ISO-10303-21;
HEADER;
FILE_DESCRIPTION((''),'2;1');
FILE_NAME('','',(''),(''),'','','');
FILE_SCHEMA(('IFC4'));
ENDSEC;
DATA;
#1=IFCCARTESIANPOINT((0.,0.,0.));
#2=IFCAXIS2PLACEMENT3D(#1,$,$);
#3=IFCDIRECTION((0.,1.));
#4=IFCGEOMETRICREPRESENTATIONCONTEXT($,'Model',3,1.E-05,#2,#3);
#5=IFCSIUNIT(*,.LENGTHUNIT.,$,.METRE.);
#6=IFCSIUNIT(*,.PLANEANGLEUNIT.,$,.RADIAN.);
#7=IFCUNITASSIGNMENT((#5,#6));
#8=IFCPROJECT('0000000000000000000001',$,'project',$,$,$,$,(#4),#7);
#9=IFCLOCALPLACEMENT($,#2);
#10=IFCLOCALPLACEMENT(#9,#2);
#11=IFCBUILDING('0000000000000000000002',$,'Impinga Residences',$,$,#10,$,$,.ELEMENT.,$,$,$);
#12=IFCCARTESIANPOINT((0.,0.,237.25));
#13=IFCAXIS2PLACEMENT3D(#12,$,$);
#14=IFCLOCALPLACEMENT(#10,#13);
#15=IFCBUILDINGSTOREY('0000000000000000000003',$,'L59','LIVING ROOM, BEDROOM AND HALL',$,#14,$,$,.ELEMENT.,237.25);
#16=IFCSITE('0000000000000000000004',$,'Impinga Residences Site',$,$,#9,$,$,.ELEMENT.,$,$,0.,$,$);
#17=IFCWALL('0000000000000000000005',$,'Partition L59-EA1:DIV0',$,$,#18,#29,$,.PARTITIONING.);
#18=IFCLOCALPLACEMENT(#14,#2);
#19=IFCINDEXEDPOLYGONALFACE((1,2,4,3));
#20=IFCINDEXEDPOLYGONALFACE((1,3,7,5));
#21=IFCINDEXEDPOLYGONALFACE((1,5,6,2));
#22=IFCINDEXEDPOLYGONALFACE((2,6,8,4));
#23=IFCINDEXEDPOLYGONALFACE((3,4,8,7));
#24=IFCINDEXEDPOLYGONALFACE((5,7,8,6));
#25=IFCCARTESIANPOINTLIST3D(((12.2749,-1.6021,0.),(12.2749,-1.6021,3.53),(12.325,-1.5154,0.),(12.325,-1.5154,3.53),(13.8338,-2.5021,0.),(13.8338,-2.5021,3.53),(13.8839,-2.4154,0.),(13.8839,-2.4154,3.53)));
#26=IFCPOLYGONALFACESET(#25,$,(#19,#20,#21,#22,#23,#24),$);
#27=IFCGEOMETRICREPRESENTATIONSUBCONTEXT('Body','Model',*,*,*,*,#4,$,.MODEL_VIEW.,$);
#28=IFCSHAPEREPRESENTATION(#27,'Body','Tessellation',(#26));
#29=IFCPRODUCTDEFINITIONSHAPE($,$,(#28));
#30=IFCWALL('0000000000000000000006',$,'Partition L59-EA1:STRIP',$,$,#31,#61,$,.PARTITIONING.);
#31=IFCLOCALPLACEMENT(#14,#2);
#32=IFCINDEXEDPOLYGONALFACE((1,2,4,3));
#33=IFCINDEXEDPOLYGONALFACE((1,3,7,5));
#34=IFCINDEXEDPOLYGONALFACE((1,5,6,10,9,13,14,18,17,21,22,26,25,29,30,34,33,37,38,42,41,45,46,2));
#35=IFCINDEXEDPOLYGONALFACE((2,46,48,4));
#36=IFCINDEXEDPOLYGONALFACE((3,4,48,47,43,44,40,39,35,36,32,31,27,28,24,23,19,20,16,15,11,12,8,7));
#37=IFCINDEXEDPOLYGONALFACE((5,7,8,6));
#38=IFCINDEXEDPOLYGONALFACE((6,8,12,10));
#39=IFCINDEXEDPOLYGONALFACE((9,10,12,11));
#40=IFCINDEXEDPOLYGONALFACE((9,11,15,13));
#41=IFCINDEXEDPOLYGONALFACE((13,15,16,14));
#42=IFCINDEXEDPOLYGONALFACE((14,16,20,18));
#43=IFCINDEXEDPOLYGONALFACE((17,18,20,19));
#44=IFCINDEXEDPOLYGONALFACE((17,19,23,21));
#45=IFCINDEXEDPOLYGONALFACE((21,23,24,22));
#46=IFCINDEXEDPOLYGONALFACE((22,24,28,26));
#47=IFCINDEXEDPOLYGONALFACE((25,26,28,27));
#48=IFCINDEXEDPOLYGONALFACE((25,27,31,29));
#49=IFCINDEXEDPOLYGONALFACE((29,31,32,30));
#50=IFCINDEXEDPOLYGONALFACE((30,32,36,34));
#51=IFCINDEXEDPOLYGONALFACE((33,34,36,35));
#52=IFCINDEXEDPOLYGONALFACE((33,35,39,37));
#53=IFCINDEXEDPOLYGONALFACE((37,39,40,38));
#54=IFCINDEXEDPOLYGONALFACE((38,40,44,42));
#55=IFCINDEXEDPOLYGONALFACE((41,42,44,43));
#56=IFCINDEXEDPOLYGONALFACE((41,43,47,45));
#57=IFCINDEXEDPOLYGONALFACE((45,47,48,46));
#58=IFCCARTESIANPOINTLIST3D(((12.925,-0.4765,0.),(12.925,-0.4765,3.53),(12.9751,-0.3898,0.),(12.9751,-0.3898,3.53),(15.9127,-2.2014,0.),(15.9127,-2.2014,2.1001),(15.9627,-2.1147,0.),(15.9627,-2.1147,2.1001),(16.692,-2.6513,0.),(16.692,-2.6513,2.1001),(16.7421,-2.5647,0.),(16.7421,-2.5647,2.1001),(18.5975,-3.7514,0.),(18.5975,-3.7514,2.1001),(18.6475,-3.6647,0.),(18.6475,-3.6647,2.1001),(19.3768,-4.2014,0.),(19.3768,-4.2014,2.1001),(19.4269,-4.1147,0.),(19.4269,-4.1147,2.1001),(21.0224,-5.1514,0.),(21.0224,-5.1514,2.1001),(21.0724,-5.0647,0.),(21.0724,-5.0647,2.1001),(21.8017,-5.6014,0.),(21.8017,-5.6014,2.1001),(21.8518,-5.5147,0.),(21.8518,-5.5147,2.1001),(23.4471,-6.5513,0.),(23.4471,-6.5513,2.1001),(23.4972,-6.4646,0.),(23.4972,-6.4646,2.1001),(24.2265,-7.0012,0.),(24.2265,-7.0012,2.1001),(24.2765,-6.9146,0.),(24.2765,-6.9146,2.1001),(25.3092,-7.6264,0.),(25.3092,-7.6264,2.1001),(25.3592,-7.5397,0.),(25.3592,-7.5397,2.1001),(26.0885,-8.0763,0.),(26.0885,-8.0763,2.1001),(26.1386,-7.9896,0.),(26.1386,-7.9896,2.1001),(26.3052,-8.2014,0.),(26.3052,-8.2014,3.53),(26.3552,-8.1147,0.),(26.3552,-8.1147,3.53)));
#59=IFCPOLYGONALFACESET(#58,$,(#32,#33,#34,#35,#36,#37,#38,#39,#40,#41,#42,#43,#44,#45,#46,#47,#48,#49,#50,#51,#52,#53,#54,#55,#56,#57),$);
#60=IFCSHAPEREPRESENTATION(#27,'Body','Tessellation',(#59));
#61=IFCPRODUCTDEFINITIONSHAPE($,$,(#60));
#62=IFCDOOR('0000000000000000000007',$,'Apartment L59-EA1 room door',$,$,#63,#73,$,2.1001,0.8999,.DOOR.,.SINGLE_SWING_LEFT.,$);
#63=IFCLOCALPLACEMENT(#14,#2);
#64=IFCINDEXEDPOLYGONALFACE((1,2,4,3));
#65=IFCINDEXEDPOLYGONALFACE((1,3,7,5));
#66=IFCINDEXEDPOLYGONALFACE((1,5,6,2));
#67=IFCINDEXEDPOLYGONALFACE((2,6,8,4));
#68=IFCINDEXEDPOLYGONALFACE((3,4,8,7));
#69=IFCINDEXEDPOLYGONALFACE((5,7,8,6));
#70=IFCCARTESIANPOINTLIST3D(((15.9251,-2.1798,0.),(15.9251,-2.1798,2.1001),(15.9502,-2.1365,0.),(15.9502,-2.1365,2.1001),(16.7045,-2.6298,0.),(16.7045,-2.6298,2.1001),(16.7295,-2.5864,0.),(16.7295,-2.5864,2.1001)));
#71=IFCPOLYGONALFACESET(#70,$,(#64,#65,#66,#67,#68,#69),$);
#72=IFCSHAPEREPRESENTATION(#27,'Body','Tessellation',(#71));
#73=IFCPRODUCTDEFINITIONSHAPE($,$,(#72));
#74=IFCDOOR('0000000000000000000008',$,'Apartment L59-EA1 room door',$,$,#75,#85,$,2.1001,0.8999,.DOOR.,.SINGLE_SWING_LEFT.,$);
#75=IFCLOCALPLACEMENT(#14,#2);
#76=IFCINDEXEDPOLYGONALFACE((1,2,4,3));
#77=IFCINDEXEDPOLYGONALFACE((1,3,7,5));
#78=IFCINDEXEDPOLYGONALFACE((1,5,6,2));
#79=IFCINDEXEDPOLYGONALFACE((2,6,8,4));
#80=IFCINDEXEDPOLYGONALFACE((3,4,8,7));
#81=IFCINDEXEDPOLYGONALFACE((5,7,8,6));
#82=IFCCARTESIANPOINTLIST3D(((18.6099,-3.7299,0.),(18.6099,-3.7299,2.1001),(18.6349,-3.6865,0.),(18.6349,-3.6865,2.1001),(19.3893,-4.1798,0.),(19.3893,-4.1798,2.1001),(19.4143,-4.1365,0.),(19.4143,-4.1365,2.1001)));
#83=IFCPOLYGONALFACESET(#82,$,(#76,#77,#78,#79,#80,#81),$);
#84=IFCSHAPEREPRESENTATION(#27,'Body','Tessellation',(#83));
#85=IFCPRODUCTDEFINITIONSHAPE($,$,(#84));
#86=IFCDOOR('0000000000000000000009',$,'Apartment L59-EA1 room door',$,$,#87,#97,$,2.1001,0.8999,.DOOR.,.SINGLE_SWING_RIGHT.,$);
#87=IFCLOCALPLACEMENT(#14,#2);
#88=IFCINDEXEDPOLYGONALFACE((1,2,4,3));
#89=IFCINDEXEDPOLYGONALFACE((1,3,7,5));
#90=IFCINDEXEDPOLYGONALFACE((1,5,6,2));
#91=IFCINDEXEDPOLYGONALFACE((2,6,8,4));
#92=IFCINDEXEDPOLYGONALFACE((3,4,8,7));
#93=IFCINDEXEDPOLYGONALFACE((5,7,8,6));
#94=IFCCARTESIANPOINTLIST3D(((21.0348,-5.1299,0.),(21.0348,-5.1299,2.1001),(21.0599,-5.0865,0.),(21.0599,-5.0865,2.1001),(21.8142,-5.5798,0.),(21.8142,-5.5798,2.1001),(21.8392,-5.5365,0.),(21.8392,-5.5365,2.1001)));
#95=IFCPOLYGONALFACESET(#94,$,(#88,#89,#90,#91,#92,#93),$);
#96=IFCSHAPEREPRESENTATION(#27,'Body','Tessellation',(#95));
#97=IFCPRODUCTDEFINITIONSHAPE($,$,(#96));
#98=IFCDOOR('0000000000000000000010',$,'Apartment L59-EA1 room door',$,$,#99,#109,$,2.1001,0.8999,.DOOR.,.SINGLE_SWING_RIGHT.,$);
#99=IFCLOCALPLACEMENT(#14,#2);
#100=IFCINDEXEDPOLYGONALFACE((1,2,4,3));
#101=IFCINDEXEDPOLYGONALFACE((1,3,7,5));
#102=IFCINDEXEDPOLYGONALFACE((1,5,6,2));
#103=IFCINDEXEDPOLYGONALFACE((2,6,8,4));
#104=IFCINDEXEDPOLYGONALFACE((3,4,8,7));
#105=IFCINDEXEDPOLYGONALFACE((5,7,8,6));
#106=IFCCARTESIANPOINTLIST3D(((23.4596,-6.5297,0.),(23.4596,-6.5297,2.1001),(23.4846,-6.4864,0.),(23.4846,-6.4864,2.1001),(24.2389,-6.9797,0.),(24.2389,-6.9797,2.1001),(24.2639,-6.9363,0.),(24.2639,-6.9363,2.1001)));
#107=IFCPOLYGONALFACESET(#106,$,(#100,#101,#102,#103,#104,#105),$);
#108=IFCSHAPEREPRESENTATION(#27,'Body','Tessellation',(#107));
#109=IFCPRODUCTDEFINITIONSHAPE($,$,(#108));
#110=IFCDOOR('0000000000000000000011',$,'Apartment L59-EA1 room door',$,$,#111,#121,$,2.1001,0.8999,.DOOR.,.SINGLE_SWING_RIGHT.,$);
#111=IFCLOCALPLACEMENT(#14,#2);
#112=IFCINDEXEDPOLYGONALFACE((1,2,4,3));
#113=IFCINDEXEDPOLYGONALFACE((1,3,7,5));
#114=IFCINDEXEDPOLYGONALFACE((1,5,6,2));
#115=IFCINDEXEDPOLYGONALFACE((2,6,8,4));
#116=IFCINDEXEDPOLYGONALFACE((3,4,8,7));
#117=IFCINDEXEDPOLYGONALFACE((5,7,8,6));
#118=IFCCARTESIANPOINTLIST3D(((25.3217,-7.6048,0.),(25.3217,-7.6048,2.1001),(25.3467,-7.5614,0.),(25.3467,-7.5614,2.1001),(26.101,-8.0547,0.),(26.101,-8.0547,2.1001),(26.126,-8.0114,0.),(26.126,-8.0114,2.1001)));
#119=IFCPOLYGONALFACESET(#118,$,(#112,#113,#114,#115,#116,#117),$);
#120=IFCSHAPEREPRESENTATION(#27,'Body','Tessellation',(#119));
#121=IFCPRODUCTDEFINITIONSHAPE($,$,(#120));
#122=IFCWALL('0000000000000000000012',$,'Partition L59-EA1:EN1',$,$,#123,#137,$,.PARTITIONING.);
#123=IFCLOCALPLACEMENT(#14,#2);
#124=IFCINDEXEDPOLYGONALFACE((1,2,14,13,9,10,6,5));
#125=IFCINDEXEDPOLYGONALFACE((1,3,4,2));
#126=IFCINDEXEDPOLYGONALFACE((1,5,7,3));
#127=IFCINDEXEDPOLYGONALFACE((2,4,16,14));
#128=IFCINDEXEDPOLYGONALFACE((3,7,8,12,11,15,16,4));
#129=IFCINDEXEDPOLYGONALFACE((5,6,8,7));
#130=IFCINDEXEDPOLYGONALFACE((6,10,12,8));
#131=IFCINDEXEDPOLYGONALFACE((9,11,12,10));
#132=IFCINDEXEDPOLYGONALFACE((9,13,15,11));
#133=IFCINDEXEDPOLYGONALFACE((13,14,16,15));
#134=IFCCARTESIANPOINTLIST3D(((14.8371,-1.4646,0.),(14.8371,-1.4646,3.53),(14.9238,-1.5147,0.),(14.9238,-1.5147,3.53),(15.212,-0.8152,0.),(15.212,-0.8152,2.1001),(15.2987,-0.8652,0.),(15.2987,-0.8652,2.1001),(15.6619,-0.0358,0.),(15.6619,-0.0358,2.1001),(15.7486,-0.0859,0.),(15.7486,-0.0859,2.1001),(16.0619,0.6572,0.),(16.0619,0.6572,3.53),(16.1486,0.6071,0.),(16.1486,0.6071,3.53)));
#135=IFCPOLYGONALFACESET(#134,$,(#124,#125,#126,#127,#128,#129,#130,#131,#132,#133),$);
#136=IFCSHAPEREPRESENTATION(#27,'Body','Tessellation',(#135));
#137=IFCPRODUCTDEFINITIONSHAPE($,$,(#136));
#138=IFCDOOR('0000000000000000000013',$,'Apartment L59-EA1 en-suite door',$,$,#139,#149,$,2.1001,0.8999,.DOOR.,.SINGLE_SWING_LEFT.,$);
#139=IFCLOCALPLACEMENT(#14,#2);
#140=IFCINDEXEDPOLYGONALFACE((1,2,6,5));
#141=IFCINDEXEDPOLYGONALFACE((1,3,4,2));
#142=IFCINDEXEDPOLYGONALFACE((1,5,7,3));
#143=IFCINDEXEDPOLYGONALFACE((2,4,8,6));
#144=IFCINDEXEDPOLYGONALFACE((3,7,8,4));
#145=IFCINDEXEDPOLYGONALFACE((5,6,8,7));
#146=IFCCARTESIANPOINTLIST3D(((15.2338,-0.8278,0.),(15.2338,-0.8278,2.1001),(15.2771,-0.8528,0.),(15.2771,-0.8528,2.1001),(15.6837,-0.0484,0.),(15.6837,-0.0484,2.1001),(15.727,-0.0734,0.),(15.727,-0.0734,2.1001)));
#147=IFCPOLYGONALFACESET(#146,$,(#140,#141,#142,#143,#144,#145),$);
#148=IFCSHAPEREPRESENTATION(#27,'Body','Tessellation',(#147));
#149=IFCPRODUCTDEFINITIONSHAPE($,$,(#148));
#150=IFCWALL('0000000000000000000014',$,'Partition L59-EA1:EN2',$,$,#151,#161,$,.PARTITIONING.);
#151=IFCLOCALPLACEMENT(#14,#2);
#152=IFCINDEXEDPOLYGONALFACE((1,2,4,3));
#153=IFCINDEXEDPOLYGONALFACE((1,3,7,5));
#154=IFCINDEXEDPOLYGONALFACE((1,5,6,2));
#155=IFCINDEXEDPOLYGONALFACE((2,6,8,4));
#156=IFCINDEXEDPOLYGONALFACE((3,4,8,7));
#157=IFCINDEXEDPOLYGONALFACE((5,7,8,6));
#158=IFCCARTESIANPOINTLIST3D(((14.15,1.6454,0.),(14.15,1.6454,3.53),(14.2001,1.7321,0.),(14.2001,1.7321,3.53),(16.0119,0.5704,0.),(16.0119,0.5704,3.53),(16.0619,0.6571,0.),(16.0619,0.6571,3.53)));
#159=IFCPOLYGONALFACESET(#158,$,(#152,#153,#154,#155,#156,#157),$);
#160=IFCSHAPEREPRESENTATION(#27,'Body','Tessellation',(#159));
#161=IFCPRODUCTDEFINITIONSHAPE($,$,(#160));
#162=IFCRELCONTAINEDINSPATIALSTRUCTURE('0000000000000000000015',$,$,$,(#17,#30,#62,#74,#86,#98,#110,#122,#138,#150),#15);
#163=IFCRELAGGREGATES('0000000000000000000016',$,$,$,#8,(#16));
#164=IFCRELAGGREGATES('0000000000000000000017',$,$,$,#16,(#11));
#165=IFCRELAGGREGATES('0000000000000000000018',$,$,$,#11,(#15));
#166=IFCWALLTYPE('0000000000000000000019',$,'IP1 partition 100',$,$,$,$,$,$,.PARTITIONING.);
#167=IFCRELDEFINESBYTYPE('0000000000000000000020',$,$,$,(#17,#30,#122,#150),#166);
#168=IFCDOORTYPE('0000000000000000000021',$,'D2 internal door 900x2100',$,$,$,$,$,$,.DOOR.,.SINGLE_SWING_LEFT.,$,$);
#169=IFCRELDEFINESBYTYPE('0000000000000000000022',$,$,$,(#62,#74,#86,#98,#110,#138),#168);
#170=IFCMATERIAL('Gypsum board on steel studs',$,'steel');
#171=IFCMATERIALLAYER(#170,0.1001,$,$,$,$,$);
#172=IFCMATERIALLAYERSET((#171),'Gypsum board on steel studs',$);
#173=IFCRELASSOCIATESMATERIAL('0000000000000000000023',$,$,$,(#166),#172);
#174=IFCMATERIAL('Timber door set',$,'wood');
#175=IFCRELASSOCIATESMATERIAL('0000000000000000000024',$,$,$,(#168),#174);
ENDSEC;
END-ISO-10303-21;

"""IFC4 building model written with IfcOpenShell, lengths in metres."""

from ifc_helpers import new_model, si_unit, direction, frame, frame_2d, origin, place, context, subcontext, project, spatial, rectangle, extrude, material, layer, layer_set, type_object, element, fill, save


model = new_model("IFC4")

# Units and contexts
model_context = context("Model", 3, precision=1e-05, world=origin(), true_north=direction((0.0, 1.0)))
body_context = subcontext(model_context, "Body", "Model", "MODEL_VIEW")
ifc_project = project(units=[si_unit("LENGTHUNIT", "METRE"), si_unit("PLANEANGLEUNIT", "RADIAN")], contexts=[model_context])

# Site, building, storey
site_placement = place(None, origin())
site = spatial("IfcSite", under=ifc_project, at=site_placement, Name="Impinga Residences Site", CompositionType="ELEMENT", RefElevation=0.0)
building_placement = place(site_placement, origin())
building = spatial("IfcBuilding", under=site, at=building_placement, Name="Impinga Residences", CompositionType="ELEMENT")
storey_placement = place(building_placement, frame((0.0, 0.0, 237.25)))
storey = spatial("IfcBuildingStorey", under=building, at=storey_placement, Name="L59", Description="LIVING ROOM, BEDROOM AND HALL", CompositionType="ELEMENT", Elevation=237.25)

# Wall
ifc_material_1 = material(Name="Gypsum board on steel studs", Category="steel")
ifc_layer_1 = layer(ifc_material_1, 0.1001)
ifc_layer_set_1 = layer_set([ifc_layer_1], Name="Gypsum board on steel studs")
wall_type_1 = type_object("IfcWallType", Name="IP1 partition 100", PredefinedType="PARTITIONING", material=ifc_layer_set_1)
wall_1_placement = place(storey_placement, frame((12.3, -1.5588, 0.0), z_axis=(0.0, 0.0, 1.0), x_axis=(0.866048, -0.499961, 0.0)))
element("IfcWall", 1, at=wall_1_placement, inside=storey, type_object=wall_type_1, Name="Partition L59-EA1:DIV0", PredefinedType="PARTITIONING", context=body_context, shape_type="SweptSolid", body=[
    extrude(rectangle(XDim=1.8, YDim=0.1001, at=frame_2d((0.8999, 0.0))), origin(), (0.0, 0.0, 1.0), 3.53),
])

# Wall, openings, doors
wall_2_placement = place(storey_placement, frame((12.95, -0.4331, 0.0), z_axis=(0.0, 0.0, 1.0), x_axis=(0.86603, -0.499992, 0.0)))
wall_2 = element("IfcWall", 2, at=wall_2_placement, inside=storey, type_object=wall_type_1, Name="Partition L59-EA1:STRIP", PredefinedType="PARTITIONING", context=body_context, shape_type="SweptSolid", body=[
    extrude(rectangle(XDim=15.45, YDim=0.1001, at=frame_2d((7.7251, 0.0))), origin(), (0.0, 0.0, 1.0), 3.53),
])
opening_1_placement = place(wall_2_placement, frame((3.45, 0.0, 0.0)))
opening_1 = element("IfcOpeningElement", 3, at=opening_1_placement, cuts=wall_2, PredefinedType="OPENING", context=body_context, shape_type="SweptSolid", body=[
    extrude(rectangle(XDim=0.8999, YDim=2.1001, at=frame_2d((0.45, 1.05))), frame((0.0, 0.0601, 0.0), z_axis=(0.0, -1.0, 0.0), x_axis=(1.0, 0.0, 0.0)), (0.0, 0.0, 1.0), 0.1201),
])
opening_2_placement = place(wall_2_placement, frame((6.55, 0.0, 0.0)))
opening_2 = element("IfcOpeningElement", 4, at=opening_2_placement, cuts=wall_2, PredefinedType="OPENING", context=body_context, shape_type="SweptSolid", body=[
    extrude(rectangle(XDim=0.8999, YDim=2.1001, at=frame_2d((0.45, 1.05))), frame((0.0, 0.0601, 0.0), z_axis=(0.0, -1.0, 0.0), x_axis=(1.0, 0.0, 0.0)), (0.0, 0.0, 1.0), 0.1201),
])
opening_3_placement = place(wall_2_placement, frame((9.3501, 0.0, 0.0)))
opening_3 = element("IfcOpeningElement", 5, at=opening_3_placement, cuts=wall_2, PredefinedType="OPENING", context=body_context, shape_type="SweptSolid", body=[
    extrude(rectangle(XDim=0.8999, YDim=2.1001, at=frame_2d((0.45, 1.05))), frame((0.0, 0.0601, 0.0), z_axis=(0.0, -1.0, 0.0), x_axis=(1.0, 0.0, 0.0)), (0.0, 0.0, 1.0), 0.1201),
])
opening_4_placement = place(wall_2_placement, frame((12.1499, 0.0, 0.0)))
opening_4 = element("IfcOpeningElement", 6, at=opening_4_placement, cuts=wall_2, PredefinedType="OPENING", context=body_context, shape_type="SweptSolid", body=[
    extrude(rectangle(XDim=0.8999, YDim=2.1001, at=frame_2d((0.45, 1.05))), frame((0.0, 0.0601, 0.0), z_axis=(0.0, -1.0, 0.0), x_axis=(1.0, 0.0, 0.0)), (0.0, 0.0, 1.0), 0.1201),
])
opening_5_placement = place(wall_2_placement, frame((14.3, 0.0, 0.0)))
opening_5 = element("IfcOpeningElement", 7, at=opening_5_placement, cuts=wall_2, PredefinedType="OPENING", context=body_context, shape_type="SweptSolid", body=[
    extrude(rectangle(XDim=0.8999, YDim=2.1001, at=frame_2d((0.45, 1.05))), frame((0.0, 0.0601, 0.0), z_axis=(0.0, -1.0, 0.0), x_axis=(1.0, 0.0, 0.0)), (0.0, 0.0, 1.0), 0.1201),
])
ifc_material_2 = material(Name="Timber door set", Category="wood")
door_type_1 = type_object("IfcDoorType", Name="D2 internal door 900x2100", OperationType="SINGLE_SWING_LEFT", PredefinedType="DOOR", material=ifc_material_2)
door_1_placement = place(opening_1_placement, origin())
door_1 = element("IfcDoor", 8, at=door_1_placement, inside=storey, type_object=door_type_1, Name="Apartment L59-EA1 room door", OperationType="SINGLE_SWING_LEFT", OverallHeight=2.1001, OverallWidth=0.8999, PredefinedType="DOOR", context=body_context, shape_type="SweptSolid", body=[
    extrude(rectangle(XDim=0.8999, YDim=2.1001, at=frame_2d((0.45, 1.05))), frame((0.0, 0.0249, 0.0), z_axis=(0.0, -1.0, 0.0), x_axis=(1.0, 0.0, 0.0)), (0.0, 0.0, 1.0), 0.05),
])
fill(opening_1, door_1)
door_2_placement = place(opening_2_placement, origin())
door_2 = element("IfcDoor", 9, at=door_2_placement, inside=storey, type_object=door_type_1, Name="Apartment L59-EA1 room door", OperationType="SINGLE_SWING_LEFT", OverallHeight=2.1001, OverallWidth=0.8999, PredefinedType="DOOR", context=body_context, shape_type="SweptSolid", body=[
    extrude(rectangle(XDim=0.8999, YDim=2.1001, at=frame_2d((0.45, 1.05))), frame((0.0, 0.0249, 0.0), z_axis=(0.0, -1.0, 0.0), x_axis=(1.0, 0.0, 0.0)), (0.0, 0.0, 1.0), 0.05),
])
fill(opening_2, door_2)
door_3_placement = place(opening_3_placement, origin())
door_3 = element("IfcDoor", 10, at=door_3_placement, inside=storey, type_object=door_type_1, Name="Apartment L59-EA1 room door", OperationType="SINGLE_SWING_RIGHT", OverallHeight=2.1001, OverallWidth=0.8999, PredefinedType="DOOR", context=body_context, shape_type="SweptSolid", body=[
    extrude(rectangle(XDim=0.8999, YDim=2.1001, at=frame_2d((0.45, 1.05))), frame((0.0, 0.0249, 0.0), z_axis=(0.0, -1.0, 0.0), x_axis=(1.0, 0.0, 0.0)), (0.0, 0.0, 1.0), 0.05),
])
fill(opening_3, door_3)
door_4_placement = place(opening_4_placement, origin())
door_4 = element("IfcDoor", 11, at=door_4_placement, inside=storey, type_object=door_type_1, Name="Apartment L59-EA1 room door", OperationType="SINGLE_SWING_RIGHT", OverallHeight=2.1001, OverallWidth=0.8999, PredefinedType="DOOR", context=body_context, shape_type="SweptSolid", body=[
    extrude(rectangle(XDim=0.8999, YDim=2.1001, at=frame_2d((0.45, 1.05))), frame((0.0, 0.0249, 0.0), z_axis=(0.0, -1.0, 0.0), x_axis=(1.0, 0.0, 0.0)), (0.0, 0.0, 1.0), 0.05),
])
fill(opening_4, door_4)
door_5_placement = place(opening_5_placement, origin())
door_5 = element("IfcDoor", 12, at=door_5_placement, inside=storey, type_object=door_type_1, Name="Apartment L59-EA1 room door", OperationType="SINGLE_SWING_RIGHT", OverallHeight=2.1001, OverallWidth=0.8999, PredefinedType="DOOR", context=body_context, shape_type="SweptSolid", body=[
    extrude(rectangle(XDim=0.8999, YDim=2.1001, at=frame_2d((0.45, 1.05))), frame((0.0, 0.0249, 0.0), z_axis=(0.0, -1.0, 0.0), x_axis=(1.0, 0.0, 0.0)), (0.0, 0.0, 1.0), 0.05),
])
fill(opening_5, door_5)

# Wall, opening, door
wall_3_placement = place(storey_placement, frame((14.8804, -1.4897, 0.0), z_axis=(0.0, 0.0, 1.0), x_axis=(0.499944, 0.866058, 0.0)))
wall_3 = element("IfcWall", 13, at=wall_3_placement, inside=storey, type_object=wall_type_1, Name="Partition L59-EA1:EN1", PredefinedType="PARTITIONING", context=body_context, shape_type="SweptSolid", body=[
    extrude(rectangle(XDim=2.45, YDim=0.1001, at=frame_2d((1.2251, 0.0))), origin(), (0.0, 0.0, 1.0), 3.53),
])
opening_6_placement = place(wall_3_placement, frame((0.75, 0.0, 0.0)))
opening_6 = element("IfcOpeningElement", 14, at=opening_6_placement, cuts=wall_3, PredefinedType="OPENING", context=body_context, shape_type="SweptSolid", body=[
    extrude(rectangle(XDim=0.8999, YDim=2.1001, at=frame_2d((0.45, 1.05))), frame((0.0, 0.0601, 0.0), z_axis=(0.0, -1.0, 0.0), x_axis=(1.0, 0.0, 0.0)), (0.0, 0.0, 1.0), 0.1201),
])
door_6_placement = place(opening_6_placement, origin())
door_6 = element("IfcDoor", 15, at=door_6_placement, inside=storey, type_object=door_type_1, Name="Apartment L59-EA1 en-suite door", OperationType="SINGLE_SWING_LEFT", OverallHeight=2.1001, OverallWidth=0.8999, PredefinedType="DOOR", context=body_context, shape_type="SweptSolid", body=[
    extrude(rectangle(XDim=0.8999, YDim=2.1001, at=frame_2d((0.45, 1.05))), frame((0.0, 0.0249, 0.0), z_axis=(0.0, -1.0, 0.0), x_axis=(1.0, 0.0, 0.0)), (0.0, 0.0, 1.0), 0.05),
])
fill(opening_6, door_6)

# Wall
wall_4_placement = place(storey_placement, frame((14.175, 1.6887, 0.0), z_axis=(0.0, 0.0, 1.0), x_axis=(0.866019, -0.500011, 0.0)))
element("IfcWall", 16, at=wall_4_placement, inside=storey, type_object=wall_type_1, Name="Partition L59-EA1:EN2", PredefinedType="PARTITIONING", context=body_context, shape_type="SweptSolid", body=[
    extrude(rectangle(XDim=2.1499, YDim=0.1001, at=frame_2d((1.075, 0.0))), origin(), (0.0, 0.0, 1.0), 3.53),
])

save(model, "model.ifc")
